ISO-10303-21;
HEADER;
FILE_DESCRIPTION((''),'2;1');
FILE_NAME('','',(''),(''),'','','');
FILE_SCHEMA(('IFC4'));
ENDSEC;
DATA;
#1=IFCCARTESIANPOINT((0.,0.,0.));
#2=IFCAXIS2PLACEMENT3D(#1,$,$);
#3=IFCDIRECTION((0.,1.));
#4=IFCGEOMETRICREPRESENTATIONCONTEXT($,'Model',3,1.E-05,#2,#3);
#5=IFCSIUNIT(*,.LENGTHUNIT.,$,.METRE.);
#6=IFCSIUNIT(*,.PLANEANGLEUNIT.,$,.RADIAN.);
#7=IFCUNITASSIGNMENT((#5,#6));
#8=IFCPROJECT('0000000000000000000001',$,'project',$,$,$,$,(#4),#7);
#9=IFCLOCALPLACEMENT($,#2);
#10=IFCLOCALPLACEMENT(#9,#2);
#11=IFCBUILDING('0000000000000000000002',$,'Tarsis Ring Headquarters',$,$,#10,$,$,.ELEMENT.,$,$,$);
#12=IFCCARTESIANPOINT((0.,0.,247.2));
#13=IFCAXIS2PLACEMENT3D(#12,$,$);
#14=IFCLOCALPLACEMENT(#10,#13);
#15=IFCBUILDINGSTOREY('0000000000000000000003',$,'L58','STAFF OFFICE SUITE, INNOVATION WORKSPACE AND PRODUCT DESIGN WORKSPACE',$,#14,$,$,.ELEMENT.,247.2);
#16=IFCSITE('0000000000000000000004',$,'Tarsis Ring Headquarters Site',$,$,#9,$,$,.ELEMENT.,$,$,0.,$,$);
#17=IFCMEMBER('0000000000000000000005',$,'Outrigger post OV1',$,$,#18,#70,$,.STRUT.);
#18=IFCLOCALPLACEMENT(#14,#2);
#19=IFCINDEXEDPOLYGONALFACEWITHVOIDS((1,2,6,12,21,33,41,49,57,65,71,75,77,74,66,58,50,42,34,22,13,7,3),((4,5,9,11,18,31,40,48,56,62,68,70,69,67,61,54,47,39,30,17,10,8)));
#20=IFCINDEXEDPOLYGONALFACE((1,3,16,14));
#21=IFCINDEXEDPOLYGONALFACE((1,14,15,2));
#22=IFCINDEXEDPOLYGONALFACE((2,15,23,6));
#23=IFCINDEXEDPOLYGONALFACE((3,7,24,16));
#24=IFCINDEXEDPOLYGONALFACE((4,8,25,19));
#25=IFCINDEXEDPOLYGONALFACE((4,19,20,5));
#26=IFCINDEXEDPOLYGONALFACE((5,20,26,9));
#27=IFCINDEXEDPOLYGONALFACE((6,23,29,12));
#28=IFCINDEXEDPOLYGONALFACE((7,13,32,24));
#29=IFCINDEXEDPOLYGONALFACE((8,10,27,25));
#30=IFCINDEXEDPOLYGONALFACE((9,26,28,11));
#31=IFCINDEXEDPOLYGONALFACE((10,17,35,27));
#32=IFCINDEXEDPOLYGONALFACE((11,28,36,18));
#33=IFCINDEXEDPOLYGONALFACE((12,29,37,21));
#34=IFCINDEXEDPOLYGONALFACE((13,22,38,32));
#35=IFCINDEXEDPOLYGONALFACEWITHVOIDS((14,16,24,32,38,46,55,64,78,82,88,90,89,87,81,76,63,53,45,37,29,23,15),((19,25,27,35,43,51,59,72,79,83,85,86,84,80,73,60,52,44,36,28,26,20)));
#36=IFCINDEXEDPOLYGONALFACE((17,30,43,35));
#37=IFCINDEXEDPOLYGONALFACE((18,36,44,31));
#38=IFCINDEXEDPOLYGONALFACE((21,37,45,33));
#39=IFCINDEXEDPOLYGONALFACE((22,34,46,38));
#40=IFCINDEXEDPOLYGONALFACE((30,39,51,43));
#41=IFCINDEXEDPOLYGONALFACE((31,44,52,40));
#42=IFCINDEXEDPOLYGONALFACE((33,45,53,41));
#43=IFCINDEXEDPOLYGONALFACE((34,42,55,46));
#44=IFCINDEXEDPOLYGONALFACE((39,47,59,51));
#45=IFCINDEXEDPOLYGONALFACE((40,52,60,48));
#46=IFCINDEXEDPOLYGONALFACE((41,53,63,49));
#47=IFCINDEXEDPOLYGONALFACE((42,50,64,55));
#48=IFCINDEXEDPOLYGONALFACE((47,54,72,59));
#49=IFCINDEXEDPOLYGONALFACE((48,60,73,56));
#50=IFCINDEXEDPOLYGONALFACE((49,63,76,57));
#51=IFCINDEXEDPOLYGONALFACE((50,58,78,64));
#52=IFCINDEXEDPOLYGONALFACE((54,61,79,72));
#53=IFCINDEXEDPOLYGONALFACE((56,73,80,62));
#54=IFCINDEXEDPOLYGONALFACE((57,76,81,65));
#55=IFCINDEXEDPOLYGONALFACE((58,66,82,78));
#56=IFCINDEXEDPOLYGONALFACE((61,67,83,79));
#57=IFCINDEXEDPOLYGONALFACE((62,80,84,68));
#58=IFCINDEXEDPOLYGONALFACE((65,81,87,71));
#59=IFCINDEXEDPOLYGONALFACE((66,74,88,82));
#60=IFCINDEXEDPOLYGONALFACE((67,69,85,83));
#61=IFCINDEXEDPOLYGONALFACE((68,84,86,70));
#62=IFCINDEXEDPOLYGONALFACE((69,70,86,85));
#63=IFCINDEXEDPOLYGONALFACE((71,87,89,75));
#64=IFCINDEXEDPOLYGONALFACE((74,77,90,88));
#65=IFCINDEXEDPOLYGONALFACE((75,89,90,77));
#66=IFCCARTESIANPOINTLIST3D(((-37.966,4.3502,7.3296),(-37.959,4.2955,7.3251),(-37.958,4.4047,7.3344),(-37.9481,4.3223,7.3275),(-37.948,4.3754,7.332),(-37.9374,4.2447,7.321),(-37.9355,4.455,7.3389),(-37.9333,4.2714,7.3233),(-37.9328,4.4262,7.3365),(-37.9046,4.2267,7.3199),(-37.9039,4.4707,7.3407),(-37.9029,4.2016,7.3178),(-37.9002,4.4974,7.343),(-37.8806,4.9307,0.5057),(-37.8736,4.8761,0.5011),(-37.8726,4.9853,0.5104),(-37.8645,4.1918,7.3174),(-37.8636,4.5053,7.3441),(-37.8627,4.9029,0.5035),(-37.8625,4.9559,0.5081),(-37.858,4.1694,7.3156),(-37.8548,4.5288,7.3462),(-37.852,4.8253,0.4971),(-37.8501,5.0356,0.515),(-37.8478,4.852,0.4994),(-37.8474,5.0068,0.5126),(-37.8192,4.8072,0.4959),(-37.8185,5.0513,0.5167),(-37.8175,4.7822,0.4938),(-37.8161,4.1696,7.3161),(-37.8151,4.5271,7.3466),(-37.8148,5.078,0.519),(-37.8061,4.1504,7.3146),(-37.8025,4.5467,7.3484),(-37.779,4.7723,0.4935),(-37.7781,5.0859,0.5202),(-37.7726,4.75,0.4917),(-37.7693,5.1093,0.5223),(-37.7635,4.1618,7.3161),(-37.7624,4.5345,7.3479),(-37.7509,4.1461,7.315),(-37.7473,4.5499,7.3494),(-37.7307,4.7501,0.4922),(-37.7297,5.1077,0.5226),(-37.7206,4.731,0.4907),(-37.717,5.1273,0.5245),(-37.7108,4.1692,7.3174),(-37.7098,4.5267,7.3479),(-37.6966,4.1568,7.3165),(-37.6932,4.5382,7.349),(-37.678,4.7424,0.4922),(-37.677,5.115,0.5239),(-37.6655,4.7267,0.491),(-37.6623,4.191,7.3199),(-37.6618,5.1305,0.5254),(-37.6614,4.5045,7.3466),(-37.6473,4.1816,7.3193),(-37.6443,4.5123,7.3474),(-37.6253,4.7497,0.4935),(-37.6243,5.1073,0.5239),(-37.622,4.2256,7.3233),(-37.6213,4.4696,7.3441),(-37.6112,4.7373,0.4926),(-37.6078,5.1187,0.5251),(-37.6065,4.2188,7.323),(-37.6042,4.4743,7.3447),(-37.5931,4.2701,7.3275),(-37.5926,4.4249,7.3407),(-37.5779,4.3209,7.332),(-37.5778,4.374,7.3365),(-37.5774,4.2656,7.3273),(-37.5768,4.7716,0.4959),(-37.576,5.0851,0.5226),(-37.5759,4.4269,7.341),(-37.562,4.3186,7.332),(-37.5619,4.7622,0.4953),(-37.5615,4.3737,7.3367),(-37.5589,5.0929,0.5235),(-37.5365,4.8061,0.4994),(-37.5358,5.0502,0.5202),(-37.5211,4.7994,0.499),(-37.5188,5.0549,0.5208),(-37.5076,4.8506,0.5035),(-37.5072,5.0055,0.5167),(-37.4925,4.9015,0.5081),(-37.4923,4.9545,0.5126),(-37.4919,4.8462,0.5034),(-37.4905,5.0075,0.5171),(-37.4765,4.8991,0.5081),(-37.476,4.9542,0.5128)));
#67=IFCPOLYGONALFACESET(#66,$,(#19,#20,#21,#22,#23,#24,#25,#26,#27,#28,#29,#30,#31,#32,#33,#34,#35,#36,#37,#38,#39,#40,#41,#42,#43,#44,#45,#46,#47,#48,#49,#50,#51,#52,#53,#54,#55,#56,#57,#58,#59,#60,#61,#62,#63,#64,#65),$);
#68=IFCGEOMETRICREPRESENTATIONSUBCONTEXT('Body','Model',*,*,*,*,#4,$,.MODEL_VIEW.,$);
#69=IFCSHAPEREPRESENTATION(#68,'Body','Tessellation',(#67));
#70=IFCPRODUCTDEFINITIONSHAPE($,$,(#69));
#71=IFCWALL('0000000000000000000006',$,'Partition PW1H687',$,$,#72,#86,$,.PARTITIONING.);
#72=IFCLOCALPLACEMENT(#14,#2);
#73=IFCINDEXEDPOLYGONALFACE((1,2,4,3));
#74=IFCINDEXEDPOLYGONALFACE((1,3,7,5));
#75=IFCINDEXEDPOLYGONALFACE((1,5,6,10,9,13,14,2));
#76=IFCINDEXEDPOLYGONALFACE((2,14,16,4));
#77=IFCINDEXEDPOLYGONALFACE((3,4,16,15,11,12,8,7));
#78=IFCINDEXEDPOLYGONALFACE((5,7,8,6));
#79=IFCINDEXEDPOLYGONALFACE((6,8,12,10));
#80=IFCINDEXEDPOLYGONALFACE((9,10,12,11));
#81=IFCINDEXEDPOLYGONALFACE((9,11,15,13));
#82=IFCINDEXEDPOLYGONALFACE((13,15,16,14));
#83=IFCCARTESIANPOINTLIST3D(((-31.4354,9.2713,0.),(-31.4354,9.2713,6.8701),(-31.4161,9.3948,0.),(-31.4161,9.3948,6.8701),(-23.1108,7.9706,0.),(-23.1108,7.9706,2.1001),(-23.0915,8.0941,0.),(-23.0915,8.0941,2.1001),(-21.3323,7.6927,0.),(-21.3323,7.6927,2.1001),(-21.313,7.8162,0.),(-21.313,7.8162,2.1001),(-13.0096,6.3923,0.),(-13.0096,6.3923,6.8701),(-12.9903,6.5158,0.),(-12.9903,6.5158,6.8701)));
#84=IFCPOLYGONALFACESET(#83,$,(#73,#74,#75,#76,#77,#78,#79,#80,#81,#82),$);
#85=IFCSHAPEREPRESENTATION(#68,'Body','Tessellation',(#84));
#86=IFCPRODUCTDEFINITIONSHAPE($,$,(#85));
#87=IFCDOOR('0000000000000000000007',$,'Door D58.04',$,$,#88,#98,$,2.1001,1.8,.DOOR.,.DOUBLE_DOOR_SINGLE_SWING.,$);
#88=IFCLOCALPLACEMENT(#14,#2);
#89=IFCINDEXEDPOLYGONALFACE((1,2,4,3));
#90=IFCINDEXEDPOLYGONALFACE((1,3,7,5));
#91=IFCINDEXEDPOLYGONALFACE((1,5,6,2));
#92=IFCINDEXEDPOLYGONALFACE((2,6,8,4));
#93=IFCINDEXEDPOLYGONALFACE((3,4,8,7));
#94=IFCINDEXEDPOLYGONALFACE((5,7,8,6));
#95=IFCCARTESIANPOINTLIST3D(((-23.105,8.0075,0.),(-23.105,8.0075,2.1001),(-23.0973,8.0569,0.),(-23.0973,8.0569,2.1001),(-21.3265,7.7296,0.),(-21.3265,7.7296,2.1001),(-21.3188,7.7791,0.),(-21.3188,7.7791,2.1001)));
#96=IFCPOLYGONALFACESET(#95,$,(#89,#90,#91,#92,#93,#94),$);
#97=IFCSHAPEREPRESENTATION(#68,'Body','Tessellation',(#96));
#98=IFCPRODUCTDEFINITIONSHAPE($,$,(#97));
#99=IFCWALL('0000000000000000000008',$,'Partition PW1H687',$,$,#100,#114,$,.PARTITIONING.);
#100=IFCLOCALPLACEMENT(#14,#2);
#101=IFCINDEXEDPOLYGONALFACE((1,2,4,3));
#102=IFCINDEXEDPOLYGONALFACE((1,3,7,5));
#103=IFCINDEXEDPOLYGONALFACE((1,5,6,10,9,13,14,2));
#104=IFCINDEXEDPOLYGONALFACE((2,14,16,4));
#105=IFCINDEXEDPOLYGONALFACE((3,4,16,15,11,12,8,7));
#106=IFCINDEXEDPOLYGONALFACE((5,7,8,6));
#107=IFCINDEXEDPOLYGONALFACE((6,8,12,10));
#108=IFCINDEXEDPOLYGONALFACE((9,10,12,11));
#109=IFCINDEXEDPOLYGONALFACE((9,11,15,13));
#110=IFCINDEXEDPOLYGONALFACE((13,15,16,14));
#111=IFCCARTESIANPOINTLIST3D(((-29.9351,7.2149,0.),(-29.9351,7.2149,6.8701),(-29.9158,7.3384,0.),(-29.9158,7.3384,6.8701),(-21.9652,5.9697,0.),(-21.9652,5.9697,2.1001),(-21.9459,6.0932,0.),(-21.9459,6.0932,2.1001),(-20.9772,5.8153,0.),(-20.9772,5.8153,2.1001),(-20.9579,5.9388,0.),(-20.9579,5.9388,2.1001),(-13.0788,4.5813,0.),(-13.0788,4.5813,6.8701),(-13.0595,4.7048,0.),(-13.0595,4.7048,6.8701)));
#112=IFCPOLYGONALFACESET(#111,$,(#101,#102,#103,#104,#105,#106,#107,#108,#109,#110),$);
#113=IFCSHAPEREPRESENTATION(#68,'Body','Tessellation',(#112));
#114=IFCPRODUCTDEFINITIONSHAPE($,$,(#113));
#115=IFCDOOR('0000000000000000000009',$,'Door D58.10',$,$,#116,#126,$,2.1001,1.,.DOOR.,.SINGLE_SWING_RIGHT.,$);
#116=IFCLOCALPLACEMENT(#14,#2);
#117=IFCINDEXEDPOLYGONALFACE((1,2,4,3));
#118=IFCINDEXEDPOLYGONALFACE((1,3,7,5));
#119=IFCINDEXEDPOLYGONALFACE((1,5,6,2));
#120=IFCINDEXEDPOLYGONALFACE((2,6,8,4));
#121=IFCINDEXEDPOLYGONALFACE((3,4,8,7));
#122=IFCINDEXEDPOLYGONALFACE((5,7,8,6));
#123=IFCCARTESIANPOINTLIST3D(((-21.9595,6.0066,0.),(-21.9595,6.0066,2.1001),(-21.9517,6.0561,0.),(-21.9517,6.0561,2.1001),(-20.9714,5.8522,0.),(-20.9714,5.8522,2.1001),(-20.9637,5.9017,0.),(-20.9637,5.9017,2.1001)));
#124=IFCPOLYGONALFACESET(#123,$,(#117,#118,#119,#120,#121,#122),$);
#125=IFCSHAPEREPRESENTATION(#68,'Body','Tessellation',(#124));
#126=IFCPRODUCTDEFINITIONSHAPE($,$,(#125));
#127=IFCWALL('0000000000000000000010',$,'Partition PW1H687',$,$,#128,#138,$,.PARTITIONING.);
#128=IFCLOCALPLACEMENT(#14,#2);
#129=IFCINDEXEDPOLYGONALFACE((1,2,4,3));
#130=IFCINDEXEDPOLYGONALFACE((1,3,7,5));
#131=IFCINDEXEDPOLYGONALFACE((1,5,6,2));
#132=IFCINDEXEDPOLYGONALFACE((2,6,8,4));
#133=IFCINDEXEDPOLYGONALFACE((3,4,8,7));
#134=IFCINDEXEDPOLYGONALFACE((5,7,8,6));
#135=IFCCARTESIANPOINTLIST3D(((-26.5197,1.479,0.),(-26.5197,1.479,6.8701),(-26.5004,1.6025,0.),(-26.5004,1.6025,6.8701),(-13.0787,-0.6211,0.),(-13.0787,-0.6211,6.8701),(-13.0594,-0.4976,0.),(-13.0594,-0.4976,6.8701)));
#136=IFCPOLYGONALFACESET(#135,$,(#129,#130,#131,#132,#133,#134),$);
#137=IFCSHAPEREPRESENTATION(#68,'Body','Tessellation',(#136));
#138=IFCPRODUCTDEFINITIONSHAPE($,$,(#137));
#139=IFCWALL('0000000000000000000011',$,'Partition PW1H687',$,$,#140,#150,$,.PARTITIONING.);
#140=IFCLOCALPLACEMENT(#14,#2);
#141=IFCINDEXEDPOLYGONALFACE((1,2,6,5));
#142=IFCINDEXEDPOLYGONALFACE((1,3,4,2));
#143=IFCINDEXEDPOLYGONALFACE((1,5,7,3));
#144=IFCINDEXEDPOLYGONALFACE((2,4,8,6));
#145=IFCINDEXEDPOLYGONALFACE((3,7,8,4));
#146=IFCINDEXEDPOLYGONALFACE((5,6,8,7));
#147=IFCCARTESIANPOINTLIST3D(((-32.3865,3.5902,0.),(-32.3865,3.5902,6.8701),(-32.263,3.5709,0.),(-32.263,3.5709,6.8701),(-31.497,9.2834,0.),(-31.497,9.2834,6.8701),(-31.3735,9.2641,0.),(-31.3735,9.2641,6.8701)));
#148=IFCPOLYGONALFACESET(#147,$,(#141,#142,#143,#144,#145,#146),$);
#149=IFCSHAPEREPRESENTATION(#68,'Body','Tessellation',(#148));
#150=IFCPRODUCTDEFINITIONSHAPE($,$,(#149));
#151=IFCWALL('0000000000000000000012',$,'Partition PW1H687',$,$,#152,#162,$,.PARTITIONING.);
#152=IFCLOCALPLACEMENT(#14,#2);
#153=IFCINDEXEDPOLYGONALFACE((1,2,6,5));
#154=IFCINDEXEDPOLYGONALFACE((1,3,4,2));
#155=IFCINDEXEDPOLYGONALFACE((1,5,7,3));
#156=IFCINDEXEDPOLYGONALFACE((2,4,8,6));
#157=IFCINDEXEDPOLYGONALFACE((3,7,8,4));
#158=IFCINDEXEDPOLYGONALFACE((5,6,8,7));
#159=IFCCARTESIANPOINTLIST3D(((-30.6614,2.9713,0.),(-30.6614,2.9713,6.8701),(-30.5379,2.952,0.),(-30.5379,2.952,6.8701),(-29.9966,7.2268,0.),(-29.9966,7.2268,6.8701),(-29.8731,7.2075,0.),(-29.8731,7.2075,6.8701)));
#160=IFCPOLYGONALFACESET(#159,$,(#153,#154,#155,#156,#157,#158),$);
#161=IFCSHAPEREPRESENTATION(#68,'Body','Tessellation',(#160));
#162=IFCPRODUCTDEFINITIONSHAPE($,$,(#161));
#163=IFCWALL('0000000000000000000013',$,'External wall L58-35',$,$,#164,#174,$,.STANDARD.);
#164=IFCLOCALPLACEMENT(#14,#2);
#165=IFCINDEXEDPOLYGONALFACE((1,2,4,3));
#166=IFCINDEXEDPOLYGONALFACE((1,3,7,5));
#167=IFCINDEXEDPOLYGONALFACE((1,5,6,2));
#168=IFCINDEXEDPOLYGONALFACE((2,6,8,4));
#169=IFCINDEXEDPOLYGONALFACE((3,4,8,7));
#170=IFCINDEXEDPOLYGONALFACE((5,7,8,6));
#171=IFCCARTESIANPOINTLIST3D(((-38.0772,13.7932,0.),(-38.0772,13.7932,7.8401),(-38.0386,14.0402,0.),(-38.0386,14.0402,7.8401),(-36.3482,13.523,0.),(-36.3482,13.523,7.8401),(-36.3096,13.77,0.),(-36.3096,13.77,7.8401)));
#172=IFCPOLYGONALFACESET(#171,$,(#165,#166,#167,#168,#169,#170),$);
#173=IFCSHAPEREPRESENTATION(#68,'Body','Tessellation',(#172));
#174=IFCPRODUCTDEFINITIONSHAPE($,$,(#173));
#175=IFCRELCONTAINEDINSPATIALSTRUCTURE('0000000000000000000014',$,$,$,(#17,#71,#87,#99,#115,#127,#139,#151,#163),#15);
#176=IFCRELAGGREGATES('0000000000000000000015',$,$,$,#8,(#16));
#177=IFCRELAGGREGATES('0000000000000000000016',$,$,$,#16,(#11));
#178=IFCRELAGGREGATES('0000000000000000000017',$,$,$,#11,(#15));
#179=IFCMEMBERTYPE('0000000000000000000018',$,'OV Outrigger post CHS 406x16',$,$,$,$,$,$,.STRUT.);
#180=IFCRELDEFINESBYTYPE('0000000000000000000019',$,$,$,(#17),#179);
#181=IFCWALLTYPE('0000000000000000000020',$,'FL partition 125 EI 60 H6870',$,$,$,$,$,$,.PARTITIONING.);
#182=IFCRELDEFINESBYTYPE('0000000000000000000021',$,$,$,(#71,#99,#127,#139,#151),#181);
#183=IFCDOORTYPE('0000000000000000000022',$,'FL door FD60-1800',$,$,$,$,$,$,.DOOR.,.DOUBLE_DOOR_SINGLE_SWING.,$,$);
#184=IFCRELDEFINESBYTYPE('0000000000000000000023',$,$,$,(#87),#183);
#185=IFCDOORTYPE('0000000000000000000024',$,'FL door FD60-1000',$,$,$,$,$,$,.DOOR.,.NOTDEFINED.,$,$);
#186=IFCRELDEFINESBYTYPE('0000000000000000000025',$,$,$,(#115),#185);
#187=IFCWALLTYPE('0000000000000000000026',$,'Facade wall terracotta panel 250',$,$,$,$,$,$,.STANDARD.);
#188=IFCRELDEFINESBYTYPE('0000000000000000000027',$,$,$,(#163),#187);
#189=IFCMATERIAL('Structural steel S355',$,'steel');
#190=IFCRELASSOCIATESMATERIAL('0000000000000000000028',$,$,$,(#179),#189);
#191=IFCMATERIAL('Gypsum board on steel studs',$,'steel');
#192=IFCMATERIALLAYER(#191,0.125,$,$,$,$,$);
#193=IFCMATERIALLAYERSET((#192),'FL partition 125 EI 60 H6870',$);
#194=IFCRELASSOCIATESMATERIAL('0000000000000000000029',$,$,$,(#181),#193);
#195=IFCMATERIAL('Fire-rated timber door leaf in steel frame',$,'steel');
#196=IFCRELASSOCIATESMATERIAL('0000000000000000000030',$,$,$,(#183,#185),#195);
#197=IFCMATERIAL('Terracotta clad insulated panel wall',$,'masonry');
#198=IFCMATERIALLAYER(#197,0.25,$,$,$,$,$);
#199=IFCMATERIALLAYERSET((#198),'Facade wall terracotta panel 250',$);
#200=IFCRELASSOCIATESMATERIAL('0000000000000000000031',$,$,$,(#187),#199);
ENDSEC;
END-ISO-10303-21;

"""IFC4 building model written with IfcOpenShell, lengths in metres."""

from ifc_helpers import new_model, si_unit, direction, frame, frame_2d, origin, origin_2d, place, context, subcontext, project, spatial, rectangle, hollow_circle, extrude, material, layer, layer_set, material_profile, profile_set, type_object, element, fill, save


model = new_model("IFC4")

# Units and contexts
model_context = context("Model", 3, precision=1e-05, world=origin(), true_north=direction((0.0, 1.0)))
body_context = subcontext(model_context, "Body", "Model", "MODEL_VIEW")
ifc_project = project(units=[si_unit("LENGTHUNIT", "METRE"), si_unit("PLANEANGLEUNIT", "RADIAN")], contexts=[model_context])

# Site, building, storey
site_placement = place(None, origin())
site = spatial("IfcSite", under=ifc_project, at=site_placement, Name="Tarsis Ring Headquarters Site", CompositionType="ELEMENT", RefElevation=0.0)
building_placement = place(site_placement, origin())
building = spatial("IfcBuilding", under=site, at=building_placement, Name="Tarsis Ring Headquarters", CompositionType="ELEMENT")
storey_placement = place(building_placement, frame((0.0, 0.0, 247.2)))
storey = spatial("IfcBuildingStorey", under=building, at=storey_placement, Name="L58", Description="STAFF OFFICE SUITE, INNOVATION WORKSPACE AND PRODUCT DESIGN WORKSPACE", CompositionType="ELEMENT", Elevation=247.2)

# Member
ifc_material_1 = material(Name="Structural steel S355", Category="steel")
ifc_material_profile_1 = material_profile(ifc_material_1, hollow_circle(Radius=0.2031, WallThickness=0.0161, at=origin_2d()), Name="CHS 406x16")
ifc_profile_set_1 = profile_set([ifc_material_profile_1], Name="Structural steel S355")
member_type_1 = type_object("IfcMemberType", Name="OV Outrigger post CHS 406x16", PredefinedType="STRUT", material=ifc_profile_set_1)
member_1_placement = place(storey_placement, frame((-37.6775, 4.9287, 0.5081), z_axis=(-0.012476, -0.084765, 0.996323), x_axis=(0.989342, -0.145614, 0.0)))
element("IfcMember", 1, at=member_1_placement, inside=storey, type_object=member_type_1, Name="Outrigger post OV1", PredefinedType="STRUT", context=body_context, shape_type="SweptSolid", body=[
    extrude(hollow_circle(Radius=0.2031, WallThickness=0.0161, at=origin_2d()), origin(), (0.0, 0.0, 1.0), 6.8491),
])

# Walls, openings, doors
ifc_material_2 = material(Name="Gypsum board on steel studs", Category="steel")
ifc_layer_1 = layer(ifc_material_2, 0.125)
ifc_layer_set_1 = layer_set([ifc_layer_1], Name="FL partition 125 EI 60 H6870")
wall_type_1 = type_object("IfcWallType", Name="FL partition 125 EI 60 H6870", PredefinedType="PARTITIONING", material=ifc_layer_set_1)
wall_1_placement = place(storey_placement, frame((-31.4258, 9.333, 0.0), z_axis=(0.0, 0.0, 1.0), x_axis=(0.988013, -0.15437, 0.0)))
wall_1 = element("IfcWall", 2, at=wall_1_placement, inside=storey, type_object=wall_type_1, Name="Partition PW1H687", PredefinedType="PARTITIONING", context=body_context, shape_type="SweptSolid", body=[
    extrude(rectangle(XDim=18.6494, YDim=0.125, at=frame_2d((9.3247, 0.0))), origin(), (0.0, 0.0, 1.0), 6.8701),
])
opening_1_placement = place(wall_1_placement, frame((8.4258, 0.0, 0.0)))
opening_1 = element("IfcOpeningElement", 3, at=opening_1_placement, cuts=wall_1, PredefinedType="OPENING", context=body_context, shape_type="SweptSolid", body=[
    extrude(rectangle(XDim=1.8, YDim=2.1001, at=frame_2d((0.8999, 1.05))), frame((0.0, 0.0725, 0.0), z_axis=(0.0, -1.0, 0.0), x_axis=(1.0, 0.0, 0.0)), (0.0, 0.0, 1.0), 0.145),
])
ifc_material_3 = material(Name="Fire-rated timber door leaf in steel frame", Category="steel")
door_type_1 = type_object("IfcDoorType", Name="FL door FD60-1800", OperationType="DOUBLE_DOOR_SINGLE_SWING", PredefinedType="DOOR", material=ifc_material_3)
door_1_placement = place(opening_1_placement, origin())
door_1 = element("IfcDoor", 4, at=door_1_placement, inside=storey, type_object=door_type_1, Name="Door D58.04", OperationType="DOUBLE_DOOR_SINGLE_SWING", OverallHeight=2.1001, OverallWidth=1.8, PredefinedType="DOOR", context=body_context, shape_type="SweptSolid", body=[
    extrude(rectangle(XDim=1.8, YDim=2.1001, at=frame_2d((0.8999, 1.05))), frame((0.0, 0.0249, 0.0), z_axis=(0.0, -1.0, 0.0), x_axis=(1.0, 0.0, 0.0)), (0.0, 0.0, 1.0), 0.05),
])
fill(opening_1, door_1)
wall_2_placement = place(storey_placement, frame((-29.9253, 7.2766, 0.0), z_axis=(0.0, 0.0, 1.0), x_axis=(0.988014, -0.154363, 0.0)))
wall_2 = element("IfcWall", 5, at=wall_2_placement, inside=storey, type_object=wall_type_1, Name="Partition PW1H687", PredefinedType="PARTITIONING", context=body_context, shape_type="SweptSolid", body=[
    extrude(rectangle(XDim=17.0608, YDim=0.125, at=frame_2d((8.5303, 0.0))), origin(), (0.0, 0.0, 1.0), 6.8701),
])
opening_2_placement = place(wall_2_placement, frame((8.0664, 0.0, 0.0)))
opening_2 = element("IfcOpeningElement", 6, at=opening_2_placement, cuts=wall_2, PredefinedType="OPENING", context=body_context, shape_type="SweptSolid", body=[
    extrude(rectangle(XDim=1.0, YDim=2.1001, at=frame_2d((0.5, 1.05))), frame((0.0, 0.0725, 0.0), z_axis=(0.0, -1.0, 0.0), x_axis=(1.0, 0.0, 0.0)), (0.0, 0.0, 1.0), 0.145),
])
door_type_2 = type_object("IfcDoorType", Name="FL door FD60-1000", OperationType="NOTDEFINED", PredefinedType="DOOR", material=ifc_material_3)
door_2_placement = place(opening_2_placement, origin())
door_2 = element("IfcDoor", 7, at=door_2_placement, inside=storey, type_object=door_type_2, Name="Door D58.10", OperationType="SINGLE_SWING_RIGHT", OverallHeight=2.1001, OverallWidth=1.0, PredefinedType="DOOR", context=body_context, shape_type="SweptSolid", body=[
    extrude(rectangle(XDim=1.0, YDim=2.1001, at=frame_2d((0.5, 1.05))), frame((0.0, 0.0249, 0.0), z_axis=(0.0, -1.0, 0.0), x_axis=(1.0, 0.0, 0.0)), (0.0, 0.0, 1.0), 0.05),
])
fill(opening_2, door_2)

# Walls
wall_3_placement = place(storey_placement, frame((-26.51, 1.5408, 0.0), z_axis=(0.0, 0.0, 1.0), x_axis=(0.988013, -0.154374, 0.0)))
element("IfcWall", 8, at=wall_3_placement, inside=storey, type_object=wall_type_1, Name="Partition PW1H687", PredefinedType="PARTITIONING", context=body_context, shape_type="SweptSolid", body=[
    extrude(rectangle(XDim=13.604, YDim=0.125, at=frame_2d((6.802, 0.0))), origin(), (0.0, 0.0, 1.0), 6.8701),
])
wall_4_placement = place(storey_placement, frame((-32.3247, 3.5806, 0.0), z_axis=(0.0, 0.0, 1.0), x_axis=(0.154352, 0.988016, 0.0)))
element("IfcWall", 9, at=wall_4_placement, inside=storey, type_object=wall_type_1, Name="Partition PW1H687", PredefinedType="PARTITIONING", context=body_context, shape_type="SweptSolid", body=[
    extrude(rectangle(XDim=5.7622, YDim=0.125, at=frame_2d((2.8811, 0.0))), origin(), (0.0, 0.0, 1.0), 6.8701),
])
wall_5_placement = place(storey_placement, frame((-30.5996, 2.9617, 0.0), z_axis=(0.0, 0.0, 1.0), x_axis=(0.154344, 0.988017, 0.0)))
element("IfcWall", 10, at=wall_5_placement, inside=storey, type_object=wall_type_1, Name="Partition PW1H687", PredefinedType="PARTITIONING", context=body_context, shape_type="SweptSolid", body=[
    extrude(rectangle(XDim=4.3071, YDim=0.125, at=frame_2d((2.1536, 0.0))), origin(), (0.0, 0.0, 1.0), 6.8701),
])
ifc_material_4 = material(Name="Terracotta clad insulated panel wall", Category="masonry")
ifc_layer_2 = layer(ifc_material_4, 0.25)
ifc_layer_set_2 = layer_set([ifc_layer_2], Name="Facade wall terracotta panel 250")
wall_type_2 = type_object("IfcWallType", Name="Facade wall terracotta panel 250", PredefinedType="STANDARD", material=ifc_layer_set_2)
wall_6_placement = place(storey_placement, frame((-36.3289, 13.6465, 0.0), z_axis=(0.0, 0.0, 1.0), x_axis=(-0.988003, 0.154436, 0.0)))
element("IfcWall", 11, at=wall_6_placement, inside=storey, type_object=wall_type_2, Name="External wall L58-35", PredefinedType="STANDARD", context=body_context, shape_type="SweptSolid", body=[
    extrude(rectangle(XDim=1.75, YDim=0.25, at=frame_2d((0.875, 0.0))), origin(), (0.0, 0.0, 1.0), 7.8401),
])

save(model, "model.ifc")
